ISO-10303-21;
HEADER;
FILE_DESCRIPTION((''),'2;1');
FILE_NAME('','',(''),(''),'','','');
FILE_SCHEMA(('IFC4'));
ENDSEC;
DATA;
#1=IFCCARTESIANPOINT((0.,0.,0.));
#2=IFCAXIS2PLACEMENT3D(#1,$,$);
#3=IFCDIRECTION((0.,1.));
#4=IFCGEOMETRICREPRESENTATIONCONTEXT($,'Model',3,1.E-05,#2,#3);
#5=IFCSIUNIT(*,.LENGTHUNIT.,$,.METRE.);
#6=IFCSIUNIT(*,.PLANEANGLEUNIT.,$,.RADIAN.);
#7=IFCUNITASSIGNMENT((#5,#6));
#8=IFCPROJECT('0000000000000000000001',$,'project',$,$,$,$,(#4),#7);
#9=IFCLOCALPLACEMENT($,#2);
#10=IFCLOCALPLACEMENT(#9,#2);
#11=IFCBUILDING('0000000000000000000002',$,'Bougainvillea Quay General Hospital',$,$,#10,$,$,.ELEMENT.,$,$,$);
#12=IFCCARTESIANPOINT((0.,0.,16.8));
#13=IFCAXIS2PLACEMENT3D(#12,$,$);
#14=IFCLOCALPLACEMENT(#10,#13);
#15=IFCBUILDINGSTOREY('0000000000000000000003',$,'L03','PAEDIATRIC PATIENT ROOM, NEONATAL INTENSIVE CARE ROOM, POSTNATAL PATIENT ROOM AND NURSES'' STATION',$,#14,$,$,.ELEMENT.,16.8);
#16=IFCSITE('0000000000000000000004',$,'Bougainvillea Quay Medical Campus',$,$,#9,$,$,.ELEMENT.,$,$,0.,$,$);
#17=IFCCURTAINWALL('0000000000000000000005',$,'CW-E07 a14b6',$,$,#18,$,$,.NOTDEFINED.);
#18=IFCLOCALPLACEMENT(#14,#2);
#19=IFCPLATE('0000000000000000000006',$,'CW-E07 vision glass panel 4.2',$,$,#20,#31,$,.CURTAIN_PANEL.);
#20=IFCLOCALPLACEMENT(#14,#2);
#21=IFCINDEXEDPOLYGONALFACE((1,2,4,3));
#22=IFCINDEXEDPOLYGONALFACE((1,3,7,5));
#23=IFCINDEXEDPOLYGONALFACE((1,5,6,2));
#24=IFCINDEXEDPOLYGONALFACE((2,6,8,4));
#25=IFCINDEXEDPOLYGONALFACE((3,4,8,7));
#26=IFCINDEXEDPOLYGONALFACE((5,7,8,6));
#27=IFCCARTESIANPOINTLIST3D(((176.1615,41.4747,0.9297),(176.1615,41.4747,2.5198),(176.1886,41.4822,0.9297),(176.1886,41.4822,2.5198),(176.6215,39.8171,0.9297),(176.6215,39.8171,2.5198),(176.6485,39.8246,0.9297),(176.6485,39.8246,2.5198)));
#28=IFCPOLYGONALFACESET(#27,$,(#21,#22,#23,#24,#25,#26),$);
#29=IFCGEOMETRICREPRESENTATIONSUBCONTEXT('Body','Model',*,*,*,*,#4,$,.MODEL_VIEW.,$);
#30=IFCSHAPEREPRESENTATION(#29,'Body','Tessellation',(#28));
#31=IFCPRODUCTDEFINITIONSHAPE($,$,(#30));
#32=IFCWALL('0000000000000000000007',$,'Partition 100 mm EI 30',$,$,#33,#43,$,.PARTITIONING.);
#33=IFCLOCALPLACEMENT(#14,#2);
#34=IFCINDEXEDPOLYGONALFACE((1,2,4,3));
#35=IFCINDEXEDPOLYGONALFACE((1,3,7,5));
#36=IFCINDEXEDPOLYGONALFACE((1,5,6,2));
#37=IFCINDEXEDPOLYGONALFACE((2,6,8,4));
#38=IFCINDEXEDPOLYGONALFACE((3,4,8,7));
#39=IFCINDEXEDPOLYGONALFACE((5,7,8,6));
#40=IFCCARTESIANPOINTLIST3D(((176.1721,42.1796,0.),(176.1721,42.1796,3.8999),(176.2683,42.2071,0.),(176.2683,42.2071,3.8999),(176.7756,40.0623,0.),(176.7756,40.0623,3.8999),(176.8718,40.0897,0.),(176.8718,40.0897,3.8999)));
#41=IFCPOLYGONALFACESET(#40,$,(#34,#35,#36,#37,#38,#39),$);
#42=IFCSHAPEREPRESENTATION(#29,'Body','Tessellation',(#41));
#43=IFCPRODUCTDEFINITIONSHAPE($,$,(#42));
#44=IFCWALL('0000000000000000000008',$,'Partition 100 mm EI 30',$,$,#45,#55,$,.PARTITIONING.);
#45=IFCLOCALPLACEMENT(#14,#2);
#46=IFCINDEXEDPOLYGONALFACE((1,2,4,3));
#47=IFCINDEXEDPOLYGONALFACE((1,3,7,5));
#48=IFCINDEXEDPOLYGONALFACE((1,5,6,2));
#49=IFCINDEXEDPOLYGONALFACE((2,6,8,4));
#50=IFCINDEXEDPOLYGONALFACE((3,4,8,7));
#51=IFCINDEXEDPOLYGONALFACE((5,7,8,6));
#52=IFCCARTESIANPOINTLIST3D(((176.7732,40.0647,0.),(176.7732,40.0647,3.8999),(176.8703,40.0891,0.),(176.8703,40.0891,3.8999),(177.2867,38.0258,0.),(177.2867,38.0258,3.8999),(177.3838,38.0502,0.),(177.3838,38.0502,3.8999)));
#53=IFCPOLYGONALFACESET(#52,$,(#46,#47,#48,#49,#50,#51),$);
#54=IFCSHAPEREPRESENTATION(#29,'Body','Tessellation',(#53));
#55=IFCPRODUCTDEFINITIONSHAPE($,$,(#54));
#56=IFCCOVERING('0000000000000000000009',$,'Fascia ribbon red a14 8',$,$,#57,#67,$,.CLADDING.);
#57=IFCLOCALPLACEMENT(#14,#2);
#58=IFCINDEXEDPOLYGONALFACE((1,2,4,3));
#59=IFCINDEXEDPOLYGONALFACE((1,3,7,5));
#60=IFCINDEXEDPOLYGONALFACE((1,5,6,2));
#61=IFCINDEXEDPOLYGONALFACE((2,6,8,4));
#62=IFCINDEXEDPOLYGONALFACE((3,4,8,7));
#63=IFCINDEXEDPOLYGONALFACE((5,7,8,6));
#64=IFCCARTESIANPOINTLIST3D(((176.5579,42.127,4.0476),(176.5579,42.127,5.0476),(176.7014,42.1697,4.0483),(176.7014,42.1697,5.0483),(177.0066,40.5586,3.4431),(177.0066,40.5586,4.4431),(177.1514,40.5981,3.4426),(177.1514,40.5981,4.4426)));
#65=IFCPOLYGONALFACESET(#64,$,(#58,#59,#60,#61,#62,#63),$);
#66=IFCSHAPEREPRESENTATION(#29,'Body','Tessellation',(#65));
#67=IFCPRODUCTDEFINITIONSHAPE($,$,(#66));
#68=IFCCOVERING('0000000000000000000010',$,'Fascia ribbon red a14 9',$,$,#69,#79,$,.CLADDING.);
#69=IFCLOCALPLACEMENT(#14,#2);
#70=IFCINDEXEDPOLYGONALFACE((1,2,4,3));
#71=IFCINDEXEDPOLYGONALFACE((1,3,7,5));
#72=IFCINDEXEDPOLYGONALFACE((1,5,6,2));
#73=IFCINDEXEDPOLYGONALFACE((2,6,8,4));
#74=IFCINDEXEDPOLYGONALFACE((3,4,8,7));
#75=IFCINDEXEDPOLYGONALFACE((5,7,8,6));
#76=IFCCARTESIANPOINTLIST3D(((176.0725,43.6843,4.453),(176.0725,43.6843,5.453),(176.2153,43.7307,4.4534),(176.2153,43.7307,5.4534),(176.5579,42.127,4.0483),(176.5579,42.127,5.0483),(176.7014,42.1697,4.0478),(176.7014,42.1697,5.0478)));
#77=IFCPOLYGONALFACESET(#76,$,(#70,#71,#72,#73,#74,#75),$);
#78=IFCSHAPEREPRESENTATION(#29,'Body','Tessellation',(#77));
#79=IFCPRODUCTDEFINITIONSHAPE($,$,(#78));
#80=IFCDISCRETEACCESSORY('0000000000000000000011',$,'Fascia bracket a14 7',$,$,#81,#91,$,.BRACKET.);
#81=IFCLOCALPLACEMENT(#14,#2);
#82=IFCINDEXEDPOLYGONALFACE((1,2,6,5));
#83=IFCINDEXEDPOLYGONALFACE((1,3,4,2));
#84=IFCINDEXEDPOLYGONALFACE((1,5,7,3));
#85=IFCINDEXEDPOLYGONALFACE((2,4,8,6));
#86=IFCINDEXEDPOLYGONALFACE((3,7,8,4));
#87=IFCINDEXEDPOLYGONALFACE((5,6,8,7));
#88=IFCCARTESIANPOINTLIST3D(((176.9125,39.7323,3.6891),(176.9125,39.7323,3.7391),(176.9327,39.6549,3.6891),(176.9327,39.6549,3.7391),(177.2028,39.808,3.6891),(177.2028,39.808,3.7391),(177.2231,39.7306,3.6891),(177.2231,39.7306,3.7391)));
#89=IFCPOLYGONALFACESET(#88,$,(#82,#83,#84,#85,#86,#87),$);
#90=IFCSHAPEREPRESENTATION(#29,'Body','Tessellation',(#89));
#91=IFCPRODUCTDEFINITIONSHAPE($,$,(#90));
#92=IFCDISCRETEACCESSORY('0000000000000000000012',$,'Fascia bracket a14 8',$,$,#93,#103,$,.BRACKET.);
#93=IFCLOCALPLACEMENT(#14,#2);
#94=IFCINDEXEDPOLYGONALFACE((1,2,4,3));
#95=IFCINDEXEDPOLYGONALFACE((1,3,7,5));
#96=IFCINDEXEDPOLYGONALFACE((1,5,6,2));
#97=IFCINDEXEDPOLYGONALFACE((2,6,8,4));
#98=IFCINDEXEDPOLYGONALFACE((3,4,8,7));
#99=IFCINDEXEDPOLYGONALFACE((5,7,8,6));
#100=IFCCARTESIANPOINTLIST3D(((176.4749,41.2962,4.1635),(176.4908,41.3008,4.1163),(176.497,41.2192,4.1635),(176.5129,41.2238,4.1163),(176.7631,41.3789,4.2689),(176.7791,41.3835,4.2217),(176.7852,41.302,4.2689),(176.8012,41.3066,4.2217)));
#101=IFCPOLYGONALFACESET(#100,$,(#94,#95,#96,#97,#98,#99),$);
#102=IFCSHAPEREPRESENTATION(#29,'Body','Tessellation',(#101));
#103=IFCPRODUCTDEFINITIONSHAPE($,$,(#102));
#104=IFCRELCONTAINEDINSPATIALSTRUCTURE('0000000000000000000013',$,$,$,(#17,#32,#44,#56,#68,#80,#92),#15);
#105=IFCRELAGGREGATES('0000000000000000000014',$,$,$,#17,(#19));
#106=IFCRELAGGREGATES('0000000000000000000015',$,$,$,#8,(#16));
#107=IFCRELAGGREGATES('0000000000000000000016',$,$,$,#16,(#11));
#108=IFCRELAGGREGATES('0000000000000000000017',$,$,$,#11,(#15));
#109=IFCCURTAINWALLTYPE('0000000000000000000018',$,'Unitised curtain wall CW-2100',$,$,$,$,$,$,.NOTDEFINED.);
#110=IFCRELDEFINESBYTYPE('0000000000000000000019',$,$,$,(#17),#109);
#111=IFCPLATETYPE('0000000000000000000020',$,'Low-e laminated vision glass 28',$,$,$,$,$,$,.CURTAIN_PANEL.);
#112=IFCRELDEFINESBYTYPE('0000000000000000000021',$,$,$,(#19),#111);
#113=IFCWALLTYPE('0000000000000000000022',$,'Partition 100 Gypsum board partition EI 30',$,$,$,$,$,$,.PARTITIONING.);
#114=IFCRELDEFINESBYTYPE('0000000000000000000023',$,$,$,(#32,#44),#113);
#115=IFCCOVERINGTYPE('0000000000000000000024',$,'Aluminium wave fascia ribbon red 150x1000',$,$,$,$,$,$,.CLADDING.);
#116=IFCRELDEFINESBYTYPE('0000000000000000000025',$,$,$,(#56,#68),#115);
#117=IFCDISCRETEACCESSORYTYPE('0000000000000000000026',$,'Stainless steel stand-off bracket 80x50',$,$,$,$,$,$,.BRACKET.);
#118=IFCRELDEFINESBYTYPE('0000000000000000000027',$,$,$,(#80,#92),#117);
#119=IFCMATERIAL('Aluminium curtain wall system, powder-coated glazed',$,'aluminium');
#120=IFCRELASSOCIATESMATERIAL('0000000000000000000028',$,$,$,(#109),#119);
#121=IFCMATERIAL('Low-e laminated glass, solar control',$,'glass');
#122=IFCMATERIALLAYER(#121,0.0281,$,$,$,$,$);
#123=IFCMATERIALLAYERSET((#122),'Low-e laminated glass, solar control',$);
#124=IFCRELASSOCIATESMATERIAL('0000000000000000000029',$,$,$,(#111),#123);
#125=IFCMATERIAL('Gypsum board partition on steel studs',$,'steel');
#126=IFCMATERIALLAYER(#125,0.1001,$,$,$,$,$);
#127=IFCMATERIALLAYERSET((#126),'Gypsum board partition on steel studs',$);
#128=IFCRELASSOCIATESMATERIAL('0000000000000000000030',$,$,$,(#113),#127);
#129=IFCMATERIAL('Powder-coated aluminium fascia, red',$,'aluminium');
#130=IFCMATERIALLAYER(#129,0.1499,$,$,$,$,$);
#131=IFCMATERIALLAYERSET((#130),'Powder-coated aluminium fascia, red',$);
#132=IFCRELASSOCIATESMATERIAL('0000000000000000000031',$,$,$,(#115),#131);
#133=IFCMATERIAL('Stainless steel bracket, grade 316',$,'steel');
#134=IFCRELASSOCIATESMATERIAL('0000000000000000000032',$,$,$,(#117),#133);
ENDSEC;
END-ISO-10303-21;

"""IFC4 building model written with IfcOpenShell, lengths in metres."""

from ifc_helpers import new_model, si_unit, direction, frame, frame_2d, origin, origin_2d, place, context, subcontext, project, spatial, polyline, rectangle, outline, extrude, material, layer, layer_set, material_profile, profile_set, type_object, element, aggregate, save


model = new_model("IFC4")

# Units and contexts
model_context = context("Model", 3, precision=1e-05, world=origin(), true_north=direction((0.0, 1.0)))
body_context = subcontext(model_context, "Body", "Model", "MODEL_VIEW")
ifc_project = project(units=[si_unit("LENGTHUNIT", "METRE"), si_unit("PLANEANGLEUNIT", "RADIAN")], contexts=[model_context])

# Site, building, storey
site_placement = place(None, origin())
site = spatial("IfcSite", under=ifc_project, at=site_placement, Name="Bougainvillea Quay Medical Campus", CompositionType="ELEMENT", RefElevation=0.0)
building_placement = place(site_placement, origin())
building = spatial("IfcBuilding", under=site, at=building_placement, Name="Bougainvillea Quay General Hospital", CompositionType="ELEMENT")
storey_placement = place(building_placement, frame((0.0, 0.0, 16.8)))
storey = spatial("IfcBuildingStorey", under=building, at=storey_placement, Name="L03", Description="PAEDIATRIC PATIENT ROOM, NEONATAL INTENSIVE CARE ROOM, POSTNATAL PATIENT ROOM AND NURSES' STATION", CompositionType="ELEMENT", Elevation=16.8)

# Curtain wall, plate
ifc_material_1 = material(Name="Aluminium curtain wall system, powder-coated glazed", Category="aluminium")
curtain_wall_type = type_object("IfcCurtainWallType", Name="Unitised curtain wall CW-2100", PredefinedType="NOTDEFINED", material=ifc_material_1)
curtain_wall_placement = place(storey_placement, origin())
curtain_wall = element("IfcCurtainWall", 1, at=curtain_wall_placement, inside=storey, type_object=curtain_wall_type, Name="CW-E07 a14b6", PredefinedType="NOTDEFINED")
ifc_material_2 = material(Name="Low-e laminated glass, solar control", Category="glass")
ifc_layer_1 = layer(ifc_material_2, 0.0281)
ifc_layer_set_1 = layer_set([ifc_layer_1], Name="Low-e laminated glass, solar control")
plate_type_1 = type_object("IfcPlateType", Name="Low-e laminated vision glass 28", PredefinedType="CURTAIN_PANEL", material=ifc_layer_set_1)
plate_1_placement = place(storey_placement, frame((176.405, 40.6497, 0.9297), z_axis=(0.0, 0.0, 1.0), x_axis=(0.2674, -0.963586, 0.0)))
plate_1 = element("IfcPlate", 2, at=plate_1_placement, type_object=plate_type_1, Name="CW-E07 vision glass panel 4.2", PredefinedType="CURTAIN_PANEL", context=body_context, shape_type="SweptSolid", body=[
    extrude(rectangle(XDim=1.7202, YDim=0.0281, at=origin_2d()), origin(), (0.0, 0.0, 1.0), 1.5901),
])
aggregate(curtain_wall, [plate_1])

# Walls
ifc_material_3 = material(Name="Gypsum board partition on steel studs", Category="steel")
ifc_layer_2 = layer(ifc_material_3, 0.1001)
ifc_layer_set_2 = layer_set([ifc_layer_2], Name="Gypsum board partition on steel studs")
wall_type = type_object("IfcWallType", Name="Partition 100 Gypsum board partition EI 30", PredefinedType="PARTITIONING", material=ifc_layer_set_2)
wall_1_placement = place(storey_placement, frame((176.2202, 42.1934, 0.0), z_axis=(0.0, 0.0, 1.0), x_axis=(0.274106, -0.961699, 0.0)))
element("IfcWall", 3, at=wall_1_placement, inside=storey, type_object=wall_type, Name="Partition 100 mm EI 30", PredefinedType="PARTITIONING", context=body_context, shape_type="SweptSolid", body=[
    extrude(rectangle(XDim=2.2017, YDim=0.1001, at=frame_2d((1.1008, 0.0))), origin(), (0.0, 0.0, 1.0), 3.8999),
])
wall_2_placement = place(storey_placement, frame((176.8218, 40.0769, 0.0), z_axis=(0.0, 0.0, 1.0), x_axis=(0.244202, -0.969724, 0.0)))
element("IfcWall", 4, at=wall_2_placement, inside=storey, type_object=wall_type, Name="Partition 100 mm EI 30", PredefinedType="PARTITIONING", context=body_context, shape_type="SweptSolid", body=[
    extrude(rectangle(XDim=2.1025, YDim=0.1001, at=frame_2d((1.0513, 0.0))), origin(), (0.0, 0.0, 1.0), 3.8999),
])

# Coverings
ifc_material_4 = material(Name="Powder-coated aluminium fascia, red", Category="aluminium")
ifc_layer_3 = layer(ifc_material_4, 0.1499)
ifc_layer_set_3 = layer_set([ifc_layer_3], Name="Powder-coated aluminium fascia, red")
covering_type = type_object("IfcCoveringType", Name="Aluminium wave fascia ribbon red 150x1000", PredefinedType="CLADDING", material=ifc_layer_set_3)
covering_1_placement = place(storey_placement, frame((177.0066, 40.5586, 3.4431), z_axis=(0.094609, -0.334336, 0.937693), x_axis=(-0.257938, 0.90152, 0.347463)))
element("IfcCovering", 5, at=covering_1_placement, inside=storey, type_object=covering_type, Name="Fascia ribbon red a14 8", PredefinedType="CLADDING", context=body_context, shape_type="SweptSolid", body=[
    extrude(outline(polyline([(0.0, 0.0), (1.7397, 0.0), (1.7414, -0.1498), (-0.0019, -0.1501), (0.0, 0.0)])), origin(), (0.347463, -0.000946, 0.937693), 1.0),
])
covering_2_placement = place(storey_placement, frame((176.5579, 42.127, 4.0483), z_axis=(0.072296, -0.229678, 0.970578), x_axis=(-0.288779, 0.926622, 0.240787)))
element("IfcCovering", 6, at=covering_2_placement, inside=storey, type_object=covering_type, Name="Fascia ribbon red a14 9", PredefinedType="CLADDING", context=body_context, shape_type="SweptSolid", body=[
    extrude(outline(polyline([(0.0, 0.0), (1.6807, 0.0), (1.6825, -0.1502), (-0.002, -0.1498), (0.0, 0.0)])), origin(), (0.240787, 0.000665, 0.970578), 1.0),
])

# Discrete accessories
ifc_material_5 = material(Name="Stainless steel bracket, grade 316", Category="steel")
ifc_material_profile_1 = material_profile(ifc_material_5, rectangle(XDim=0.0801, YDim=0.05, at=origin_2d()))
ifc_profile_set_1 = profile_set([ifc_material_profile_1], Name="Stainless steel bracket, grade 316")
discrete_accessory_type = type_object("IfcDiscreteAccessoryType", Name="Stainless steel stand-off bracket 80x50", PredefinedType="BRACKET", material=ifc_profile_set_1)
discrete_accessory_1_placement = place(storey_placement, frame((176.9226, 39.6936, 3.7141), z_axis=(0.967652, 0.252289, 0.0), x_axis=(-0.252289, 0.967652, 0.0)))
element("IfcDiscreteAccessory", 7, at=discrete_accessory_1_placement, inside=storey, type_object=discrete_accessory_type, Name="Fascia bracket a14 7", PredefinedType="BRACKET", context=body_context, shape_type="SweptSolid", body=[
    extrude(rectangle(XDim=0.0801, YDim=0.05, at=origin_2d()), origin(), (0.0, 0.0, 1.0), 0.3),
])
discrete_accessory_2_placement = place(storey_placement, frame((176.4939, 41.26, 4.1399), z_axis=(0.906771, 0.260284, 0.331689), x_axis=(-0.275903, 0.961185, 0.0)))
element("IfcDiscreteAccessory", 8, at=discrete_accessory_2_placement, inside=storey, type_object=discrete_accessory_type, Name="Fascia bracket a14 8", PredefinedType="BRACKET", context=body_context, shape_type="SweptSolid", body=[
    extrude(rectangle(XDim=0.0801, YDim=0.05, at=origin_2d()), origin(), (0.0, 0.0, 1.0), 0.3179),
])

save(model, "model.ifc")
